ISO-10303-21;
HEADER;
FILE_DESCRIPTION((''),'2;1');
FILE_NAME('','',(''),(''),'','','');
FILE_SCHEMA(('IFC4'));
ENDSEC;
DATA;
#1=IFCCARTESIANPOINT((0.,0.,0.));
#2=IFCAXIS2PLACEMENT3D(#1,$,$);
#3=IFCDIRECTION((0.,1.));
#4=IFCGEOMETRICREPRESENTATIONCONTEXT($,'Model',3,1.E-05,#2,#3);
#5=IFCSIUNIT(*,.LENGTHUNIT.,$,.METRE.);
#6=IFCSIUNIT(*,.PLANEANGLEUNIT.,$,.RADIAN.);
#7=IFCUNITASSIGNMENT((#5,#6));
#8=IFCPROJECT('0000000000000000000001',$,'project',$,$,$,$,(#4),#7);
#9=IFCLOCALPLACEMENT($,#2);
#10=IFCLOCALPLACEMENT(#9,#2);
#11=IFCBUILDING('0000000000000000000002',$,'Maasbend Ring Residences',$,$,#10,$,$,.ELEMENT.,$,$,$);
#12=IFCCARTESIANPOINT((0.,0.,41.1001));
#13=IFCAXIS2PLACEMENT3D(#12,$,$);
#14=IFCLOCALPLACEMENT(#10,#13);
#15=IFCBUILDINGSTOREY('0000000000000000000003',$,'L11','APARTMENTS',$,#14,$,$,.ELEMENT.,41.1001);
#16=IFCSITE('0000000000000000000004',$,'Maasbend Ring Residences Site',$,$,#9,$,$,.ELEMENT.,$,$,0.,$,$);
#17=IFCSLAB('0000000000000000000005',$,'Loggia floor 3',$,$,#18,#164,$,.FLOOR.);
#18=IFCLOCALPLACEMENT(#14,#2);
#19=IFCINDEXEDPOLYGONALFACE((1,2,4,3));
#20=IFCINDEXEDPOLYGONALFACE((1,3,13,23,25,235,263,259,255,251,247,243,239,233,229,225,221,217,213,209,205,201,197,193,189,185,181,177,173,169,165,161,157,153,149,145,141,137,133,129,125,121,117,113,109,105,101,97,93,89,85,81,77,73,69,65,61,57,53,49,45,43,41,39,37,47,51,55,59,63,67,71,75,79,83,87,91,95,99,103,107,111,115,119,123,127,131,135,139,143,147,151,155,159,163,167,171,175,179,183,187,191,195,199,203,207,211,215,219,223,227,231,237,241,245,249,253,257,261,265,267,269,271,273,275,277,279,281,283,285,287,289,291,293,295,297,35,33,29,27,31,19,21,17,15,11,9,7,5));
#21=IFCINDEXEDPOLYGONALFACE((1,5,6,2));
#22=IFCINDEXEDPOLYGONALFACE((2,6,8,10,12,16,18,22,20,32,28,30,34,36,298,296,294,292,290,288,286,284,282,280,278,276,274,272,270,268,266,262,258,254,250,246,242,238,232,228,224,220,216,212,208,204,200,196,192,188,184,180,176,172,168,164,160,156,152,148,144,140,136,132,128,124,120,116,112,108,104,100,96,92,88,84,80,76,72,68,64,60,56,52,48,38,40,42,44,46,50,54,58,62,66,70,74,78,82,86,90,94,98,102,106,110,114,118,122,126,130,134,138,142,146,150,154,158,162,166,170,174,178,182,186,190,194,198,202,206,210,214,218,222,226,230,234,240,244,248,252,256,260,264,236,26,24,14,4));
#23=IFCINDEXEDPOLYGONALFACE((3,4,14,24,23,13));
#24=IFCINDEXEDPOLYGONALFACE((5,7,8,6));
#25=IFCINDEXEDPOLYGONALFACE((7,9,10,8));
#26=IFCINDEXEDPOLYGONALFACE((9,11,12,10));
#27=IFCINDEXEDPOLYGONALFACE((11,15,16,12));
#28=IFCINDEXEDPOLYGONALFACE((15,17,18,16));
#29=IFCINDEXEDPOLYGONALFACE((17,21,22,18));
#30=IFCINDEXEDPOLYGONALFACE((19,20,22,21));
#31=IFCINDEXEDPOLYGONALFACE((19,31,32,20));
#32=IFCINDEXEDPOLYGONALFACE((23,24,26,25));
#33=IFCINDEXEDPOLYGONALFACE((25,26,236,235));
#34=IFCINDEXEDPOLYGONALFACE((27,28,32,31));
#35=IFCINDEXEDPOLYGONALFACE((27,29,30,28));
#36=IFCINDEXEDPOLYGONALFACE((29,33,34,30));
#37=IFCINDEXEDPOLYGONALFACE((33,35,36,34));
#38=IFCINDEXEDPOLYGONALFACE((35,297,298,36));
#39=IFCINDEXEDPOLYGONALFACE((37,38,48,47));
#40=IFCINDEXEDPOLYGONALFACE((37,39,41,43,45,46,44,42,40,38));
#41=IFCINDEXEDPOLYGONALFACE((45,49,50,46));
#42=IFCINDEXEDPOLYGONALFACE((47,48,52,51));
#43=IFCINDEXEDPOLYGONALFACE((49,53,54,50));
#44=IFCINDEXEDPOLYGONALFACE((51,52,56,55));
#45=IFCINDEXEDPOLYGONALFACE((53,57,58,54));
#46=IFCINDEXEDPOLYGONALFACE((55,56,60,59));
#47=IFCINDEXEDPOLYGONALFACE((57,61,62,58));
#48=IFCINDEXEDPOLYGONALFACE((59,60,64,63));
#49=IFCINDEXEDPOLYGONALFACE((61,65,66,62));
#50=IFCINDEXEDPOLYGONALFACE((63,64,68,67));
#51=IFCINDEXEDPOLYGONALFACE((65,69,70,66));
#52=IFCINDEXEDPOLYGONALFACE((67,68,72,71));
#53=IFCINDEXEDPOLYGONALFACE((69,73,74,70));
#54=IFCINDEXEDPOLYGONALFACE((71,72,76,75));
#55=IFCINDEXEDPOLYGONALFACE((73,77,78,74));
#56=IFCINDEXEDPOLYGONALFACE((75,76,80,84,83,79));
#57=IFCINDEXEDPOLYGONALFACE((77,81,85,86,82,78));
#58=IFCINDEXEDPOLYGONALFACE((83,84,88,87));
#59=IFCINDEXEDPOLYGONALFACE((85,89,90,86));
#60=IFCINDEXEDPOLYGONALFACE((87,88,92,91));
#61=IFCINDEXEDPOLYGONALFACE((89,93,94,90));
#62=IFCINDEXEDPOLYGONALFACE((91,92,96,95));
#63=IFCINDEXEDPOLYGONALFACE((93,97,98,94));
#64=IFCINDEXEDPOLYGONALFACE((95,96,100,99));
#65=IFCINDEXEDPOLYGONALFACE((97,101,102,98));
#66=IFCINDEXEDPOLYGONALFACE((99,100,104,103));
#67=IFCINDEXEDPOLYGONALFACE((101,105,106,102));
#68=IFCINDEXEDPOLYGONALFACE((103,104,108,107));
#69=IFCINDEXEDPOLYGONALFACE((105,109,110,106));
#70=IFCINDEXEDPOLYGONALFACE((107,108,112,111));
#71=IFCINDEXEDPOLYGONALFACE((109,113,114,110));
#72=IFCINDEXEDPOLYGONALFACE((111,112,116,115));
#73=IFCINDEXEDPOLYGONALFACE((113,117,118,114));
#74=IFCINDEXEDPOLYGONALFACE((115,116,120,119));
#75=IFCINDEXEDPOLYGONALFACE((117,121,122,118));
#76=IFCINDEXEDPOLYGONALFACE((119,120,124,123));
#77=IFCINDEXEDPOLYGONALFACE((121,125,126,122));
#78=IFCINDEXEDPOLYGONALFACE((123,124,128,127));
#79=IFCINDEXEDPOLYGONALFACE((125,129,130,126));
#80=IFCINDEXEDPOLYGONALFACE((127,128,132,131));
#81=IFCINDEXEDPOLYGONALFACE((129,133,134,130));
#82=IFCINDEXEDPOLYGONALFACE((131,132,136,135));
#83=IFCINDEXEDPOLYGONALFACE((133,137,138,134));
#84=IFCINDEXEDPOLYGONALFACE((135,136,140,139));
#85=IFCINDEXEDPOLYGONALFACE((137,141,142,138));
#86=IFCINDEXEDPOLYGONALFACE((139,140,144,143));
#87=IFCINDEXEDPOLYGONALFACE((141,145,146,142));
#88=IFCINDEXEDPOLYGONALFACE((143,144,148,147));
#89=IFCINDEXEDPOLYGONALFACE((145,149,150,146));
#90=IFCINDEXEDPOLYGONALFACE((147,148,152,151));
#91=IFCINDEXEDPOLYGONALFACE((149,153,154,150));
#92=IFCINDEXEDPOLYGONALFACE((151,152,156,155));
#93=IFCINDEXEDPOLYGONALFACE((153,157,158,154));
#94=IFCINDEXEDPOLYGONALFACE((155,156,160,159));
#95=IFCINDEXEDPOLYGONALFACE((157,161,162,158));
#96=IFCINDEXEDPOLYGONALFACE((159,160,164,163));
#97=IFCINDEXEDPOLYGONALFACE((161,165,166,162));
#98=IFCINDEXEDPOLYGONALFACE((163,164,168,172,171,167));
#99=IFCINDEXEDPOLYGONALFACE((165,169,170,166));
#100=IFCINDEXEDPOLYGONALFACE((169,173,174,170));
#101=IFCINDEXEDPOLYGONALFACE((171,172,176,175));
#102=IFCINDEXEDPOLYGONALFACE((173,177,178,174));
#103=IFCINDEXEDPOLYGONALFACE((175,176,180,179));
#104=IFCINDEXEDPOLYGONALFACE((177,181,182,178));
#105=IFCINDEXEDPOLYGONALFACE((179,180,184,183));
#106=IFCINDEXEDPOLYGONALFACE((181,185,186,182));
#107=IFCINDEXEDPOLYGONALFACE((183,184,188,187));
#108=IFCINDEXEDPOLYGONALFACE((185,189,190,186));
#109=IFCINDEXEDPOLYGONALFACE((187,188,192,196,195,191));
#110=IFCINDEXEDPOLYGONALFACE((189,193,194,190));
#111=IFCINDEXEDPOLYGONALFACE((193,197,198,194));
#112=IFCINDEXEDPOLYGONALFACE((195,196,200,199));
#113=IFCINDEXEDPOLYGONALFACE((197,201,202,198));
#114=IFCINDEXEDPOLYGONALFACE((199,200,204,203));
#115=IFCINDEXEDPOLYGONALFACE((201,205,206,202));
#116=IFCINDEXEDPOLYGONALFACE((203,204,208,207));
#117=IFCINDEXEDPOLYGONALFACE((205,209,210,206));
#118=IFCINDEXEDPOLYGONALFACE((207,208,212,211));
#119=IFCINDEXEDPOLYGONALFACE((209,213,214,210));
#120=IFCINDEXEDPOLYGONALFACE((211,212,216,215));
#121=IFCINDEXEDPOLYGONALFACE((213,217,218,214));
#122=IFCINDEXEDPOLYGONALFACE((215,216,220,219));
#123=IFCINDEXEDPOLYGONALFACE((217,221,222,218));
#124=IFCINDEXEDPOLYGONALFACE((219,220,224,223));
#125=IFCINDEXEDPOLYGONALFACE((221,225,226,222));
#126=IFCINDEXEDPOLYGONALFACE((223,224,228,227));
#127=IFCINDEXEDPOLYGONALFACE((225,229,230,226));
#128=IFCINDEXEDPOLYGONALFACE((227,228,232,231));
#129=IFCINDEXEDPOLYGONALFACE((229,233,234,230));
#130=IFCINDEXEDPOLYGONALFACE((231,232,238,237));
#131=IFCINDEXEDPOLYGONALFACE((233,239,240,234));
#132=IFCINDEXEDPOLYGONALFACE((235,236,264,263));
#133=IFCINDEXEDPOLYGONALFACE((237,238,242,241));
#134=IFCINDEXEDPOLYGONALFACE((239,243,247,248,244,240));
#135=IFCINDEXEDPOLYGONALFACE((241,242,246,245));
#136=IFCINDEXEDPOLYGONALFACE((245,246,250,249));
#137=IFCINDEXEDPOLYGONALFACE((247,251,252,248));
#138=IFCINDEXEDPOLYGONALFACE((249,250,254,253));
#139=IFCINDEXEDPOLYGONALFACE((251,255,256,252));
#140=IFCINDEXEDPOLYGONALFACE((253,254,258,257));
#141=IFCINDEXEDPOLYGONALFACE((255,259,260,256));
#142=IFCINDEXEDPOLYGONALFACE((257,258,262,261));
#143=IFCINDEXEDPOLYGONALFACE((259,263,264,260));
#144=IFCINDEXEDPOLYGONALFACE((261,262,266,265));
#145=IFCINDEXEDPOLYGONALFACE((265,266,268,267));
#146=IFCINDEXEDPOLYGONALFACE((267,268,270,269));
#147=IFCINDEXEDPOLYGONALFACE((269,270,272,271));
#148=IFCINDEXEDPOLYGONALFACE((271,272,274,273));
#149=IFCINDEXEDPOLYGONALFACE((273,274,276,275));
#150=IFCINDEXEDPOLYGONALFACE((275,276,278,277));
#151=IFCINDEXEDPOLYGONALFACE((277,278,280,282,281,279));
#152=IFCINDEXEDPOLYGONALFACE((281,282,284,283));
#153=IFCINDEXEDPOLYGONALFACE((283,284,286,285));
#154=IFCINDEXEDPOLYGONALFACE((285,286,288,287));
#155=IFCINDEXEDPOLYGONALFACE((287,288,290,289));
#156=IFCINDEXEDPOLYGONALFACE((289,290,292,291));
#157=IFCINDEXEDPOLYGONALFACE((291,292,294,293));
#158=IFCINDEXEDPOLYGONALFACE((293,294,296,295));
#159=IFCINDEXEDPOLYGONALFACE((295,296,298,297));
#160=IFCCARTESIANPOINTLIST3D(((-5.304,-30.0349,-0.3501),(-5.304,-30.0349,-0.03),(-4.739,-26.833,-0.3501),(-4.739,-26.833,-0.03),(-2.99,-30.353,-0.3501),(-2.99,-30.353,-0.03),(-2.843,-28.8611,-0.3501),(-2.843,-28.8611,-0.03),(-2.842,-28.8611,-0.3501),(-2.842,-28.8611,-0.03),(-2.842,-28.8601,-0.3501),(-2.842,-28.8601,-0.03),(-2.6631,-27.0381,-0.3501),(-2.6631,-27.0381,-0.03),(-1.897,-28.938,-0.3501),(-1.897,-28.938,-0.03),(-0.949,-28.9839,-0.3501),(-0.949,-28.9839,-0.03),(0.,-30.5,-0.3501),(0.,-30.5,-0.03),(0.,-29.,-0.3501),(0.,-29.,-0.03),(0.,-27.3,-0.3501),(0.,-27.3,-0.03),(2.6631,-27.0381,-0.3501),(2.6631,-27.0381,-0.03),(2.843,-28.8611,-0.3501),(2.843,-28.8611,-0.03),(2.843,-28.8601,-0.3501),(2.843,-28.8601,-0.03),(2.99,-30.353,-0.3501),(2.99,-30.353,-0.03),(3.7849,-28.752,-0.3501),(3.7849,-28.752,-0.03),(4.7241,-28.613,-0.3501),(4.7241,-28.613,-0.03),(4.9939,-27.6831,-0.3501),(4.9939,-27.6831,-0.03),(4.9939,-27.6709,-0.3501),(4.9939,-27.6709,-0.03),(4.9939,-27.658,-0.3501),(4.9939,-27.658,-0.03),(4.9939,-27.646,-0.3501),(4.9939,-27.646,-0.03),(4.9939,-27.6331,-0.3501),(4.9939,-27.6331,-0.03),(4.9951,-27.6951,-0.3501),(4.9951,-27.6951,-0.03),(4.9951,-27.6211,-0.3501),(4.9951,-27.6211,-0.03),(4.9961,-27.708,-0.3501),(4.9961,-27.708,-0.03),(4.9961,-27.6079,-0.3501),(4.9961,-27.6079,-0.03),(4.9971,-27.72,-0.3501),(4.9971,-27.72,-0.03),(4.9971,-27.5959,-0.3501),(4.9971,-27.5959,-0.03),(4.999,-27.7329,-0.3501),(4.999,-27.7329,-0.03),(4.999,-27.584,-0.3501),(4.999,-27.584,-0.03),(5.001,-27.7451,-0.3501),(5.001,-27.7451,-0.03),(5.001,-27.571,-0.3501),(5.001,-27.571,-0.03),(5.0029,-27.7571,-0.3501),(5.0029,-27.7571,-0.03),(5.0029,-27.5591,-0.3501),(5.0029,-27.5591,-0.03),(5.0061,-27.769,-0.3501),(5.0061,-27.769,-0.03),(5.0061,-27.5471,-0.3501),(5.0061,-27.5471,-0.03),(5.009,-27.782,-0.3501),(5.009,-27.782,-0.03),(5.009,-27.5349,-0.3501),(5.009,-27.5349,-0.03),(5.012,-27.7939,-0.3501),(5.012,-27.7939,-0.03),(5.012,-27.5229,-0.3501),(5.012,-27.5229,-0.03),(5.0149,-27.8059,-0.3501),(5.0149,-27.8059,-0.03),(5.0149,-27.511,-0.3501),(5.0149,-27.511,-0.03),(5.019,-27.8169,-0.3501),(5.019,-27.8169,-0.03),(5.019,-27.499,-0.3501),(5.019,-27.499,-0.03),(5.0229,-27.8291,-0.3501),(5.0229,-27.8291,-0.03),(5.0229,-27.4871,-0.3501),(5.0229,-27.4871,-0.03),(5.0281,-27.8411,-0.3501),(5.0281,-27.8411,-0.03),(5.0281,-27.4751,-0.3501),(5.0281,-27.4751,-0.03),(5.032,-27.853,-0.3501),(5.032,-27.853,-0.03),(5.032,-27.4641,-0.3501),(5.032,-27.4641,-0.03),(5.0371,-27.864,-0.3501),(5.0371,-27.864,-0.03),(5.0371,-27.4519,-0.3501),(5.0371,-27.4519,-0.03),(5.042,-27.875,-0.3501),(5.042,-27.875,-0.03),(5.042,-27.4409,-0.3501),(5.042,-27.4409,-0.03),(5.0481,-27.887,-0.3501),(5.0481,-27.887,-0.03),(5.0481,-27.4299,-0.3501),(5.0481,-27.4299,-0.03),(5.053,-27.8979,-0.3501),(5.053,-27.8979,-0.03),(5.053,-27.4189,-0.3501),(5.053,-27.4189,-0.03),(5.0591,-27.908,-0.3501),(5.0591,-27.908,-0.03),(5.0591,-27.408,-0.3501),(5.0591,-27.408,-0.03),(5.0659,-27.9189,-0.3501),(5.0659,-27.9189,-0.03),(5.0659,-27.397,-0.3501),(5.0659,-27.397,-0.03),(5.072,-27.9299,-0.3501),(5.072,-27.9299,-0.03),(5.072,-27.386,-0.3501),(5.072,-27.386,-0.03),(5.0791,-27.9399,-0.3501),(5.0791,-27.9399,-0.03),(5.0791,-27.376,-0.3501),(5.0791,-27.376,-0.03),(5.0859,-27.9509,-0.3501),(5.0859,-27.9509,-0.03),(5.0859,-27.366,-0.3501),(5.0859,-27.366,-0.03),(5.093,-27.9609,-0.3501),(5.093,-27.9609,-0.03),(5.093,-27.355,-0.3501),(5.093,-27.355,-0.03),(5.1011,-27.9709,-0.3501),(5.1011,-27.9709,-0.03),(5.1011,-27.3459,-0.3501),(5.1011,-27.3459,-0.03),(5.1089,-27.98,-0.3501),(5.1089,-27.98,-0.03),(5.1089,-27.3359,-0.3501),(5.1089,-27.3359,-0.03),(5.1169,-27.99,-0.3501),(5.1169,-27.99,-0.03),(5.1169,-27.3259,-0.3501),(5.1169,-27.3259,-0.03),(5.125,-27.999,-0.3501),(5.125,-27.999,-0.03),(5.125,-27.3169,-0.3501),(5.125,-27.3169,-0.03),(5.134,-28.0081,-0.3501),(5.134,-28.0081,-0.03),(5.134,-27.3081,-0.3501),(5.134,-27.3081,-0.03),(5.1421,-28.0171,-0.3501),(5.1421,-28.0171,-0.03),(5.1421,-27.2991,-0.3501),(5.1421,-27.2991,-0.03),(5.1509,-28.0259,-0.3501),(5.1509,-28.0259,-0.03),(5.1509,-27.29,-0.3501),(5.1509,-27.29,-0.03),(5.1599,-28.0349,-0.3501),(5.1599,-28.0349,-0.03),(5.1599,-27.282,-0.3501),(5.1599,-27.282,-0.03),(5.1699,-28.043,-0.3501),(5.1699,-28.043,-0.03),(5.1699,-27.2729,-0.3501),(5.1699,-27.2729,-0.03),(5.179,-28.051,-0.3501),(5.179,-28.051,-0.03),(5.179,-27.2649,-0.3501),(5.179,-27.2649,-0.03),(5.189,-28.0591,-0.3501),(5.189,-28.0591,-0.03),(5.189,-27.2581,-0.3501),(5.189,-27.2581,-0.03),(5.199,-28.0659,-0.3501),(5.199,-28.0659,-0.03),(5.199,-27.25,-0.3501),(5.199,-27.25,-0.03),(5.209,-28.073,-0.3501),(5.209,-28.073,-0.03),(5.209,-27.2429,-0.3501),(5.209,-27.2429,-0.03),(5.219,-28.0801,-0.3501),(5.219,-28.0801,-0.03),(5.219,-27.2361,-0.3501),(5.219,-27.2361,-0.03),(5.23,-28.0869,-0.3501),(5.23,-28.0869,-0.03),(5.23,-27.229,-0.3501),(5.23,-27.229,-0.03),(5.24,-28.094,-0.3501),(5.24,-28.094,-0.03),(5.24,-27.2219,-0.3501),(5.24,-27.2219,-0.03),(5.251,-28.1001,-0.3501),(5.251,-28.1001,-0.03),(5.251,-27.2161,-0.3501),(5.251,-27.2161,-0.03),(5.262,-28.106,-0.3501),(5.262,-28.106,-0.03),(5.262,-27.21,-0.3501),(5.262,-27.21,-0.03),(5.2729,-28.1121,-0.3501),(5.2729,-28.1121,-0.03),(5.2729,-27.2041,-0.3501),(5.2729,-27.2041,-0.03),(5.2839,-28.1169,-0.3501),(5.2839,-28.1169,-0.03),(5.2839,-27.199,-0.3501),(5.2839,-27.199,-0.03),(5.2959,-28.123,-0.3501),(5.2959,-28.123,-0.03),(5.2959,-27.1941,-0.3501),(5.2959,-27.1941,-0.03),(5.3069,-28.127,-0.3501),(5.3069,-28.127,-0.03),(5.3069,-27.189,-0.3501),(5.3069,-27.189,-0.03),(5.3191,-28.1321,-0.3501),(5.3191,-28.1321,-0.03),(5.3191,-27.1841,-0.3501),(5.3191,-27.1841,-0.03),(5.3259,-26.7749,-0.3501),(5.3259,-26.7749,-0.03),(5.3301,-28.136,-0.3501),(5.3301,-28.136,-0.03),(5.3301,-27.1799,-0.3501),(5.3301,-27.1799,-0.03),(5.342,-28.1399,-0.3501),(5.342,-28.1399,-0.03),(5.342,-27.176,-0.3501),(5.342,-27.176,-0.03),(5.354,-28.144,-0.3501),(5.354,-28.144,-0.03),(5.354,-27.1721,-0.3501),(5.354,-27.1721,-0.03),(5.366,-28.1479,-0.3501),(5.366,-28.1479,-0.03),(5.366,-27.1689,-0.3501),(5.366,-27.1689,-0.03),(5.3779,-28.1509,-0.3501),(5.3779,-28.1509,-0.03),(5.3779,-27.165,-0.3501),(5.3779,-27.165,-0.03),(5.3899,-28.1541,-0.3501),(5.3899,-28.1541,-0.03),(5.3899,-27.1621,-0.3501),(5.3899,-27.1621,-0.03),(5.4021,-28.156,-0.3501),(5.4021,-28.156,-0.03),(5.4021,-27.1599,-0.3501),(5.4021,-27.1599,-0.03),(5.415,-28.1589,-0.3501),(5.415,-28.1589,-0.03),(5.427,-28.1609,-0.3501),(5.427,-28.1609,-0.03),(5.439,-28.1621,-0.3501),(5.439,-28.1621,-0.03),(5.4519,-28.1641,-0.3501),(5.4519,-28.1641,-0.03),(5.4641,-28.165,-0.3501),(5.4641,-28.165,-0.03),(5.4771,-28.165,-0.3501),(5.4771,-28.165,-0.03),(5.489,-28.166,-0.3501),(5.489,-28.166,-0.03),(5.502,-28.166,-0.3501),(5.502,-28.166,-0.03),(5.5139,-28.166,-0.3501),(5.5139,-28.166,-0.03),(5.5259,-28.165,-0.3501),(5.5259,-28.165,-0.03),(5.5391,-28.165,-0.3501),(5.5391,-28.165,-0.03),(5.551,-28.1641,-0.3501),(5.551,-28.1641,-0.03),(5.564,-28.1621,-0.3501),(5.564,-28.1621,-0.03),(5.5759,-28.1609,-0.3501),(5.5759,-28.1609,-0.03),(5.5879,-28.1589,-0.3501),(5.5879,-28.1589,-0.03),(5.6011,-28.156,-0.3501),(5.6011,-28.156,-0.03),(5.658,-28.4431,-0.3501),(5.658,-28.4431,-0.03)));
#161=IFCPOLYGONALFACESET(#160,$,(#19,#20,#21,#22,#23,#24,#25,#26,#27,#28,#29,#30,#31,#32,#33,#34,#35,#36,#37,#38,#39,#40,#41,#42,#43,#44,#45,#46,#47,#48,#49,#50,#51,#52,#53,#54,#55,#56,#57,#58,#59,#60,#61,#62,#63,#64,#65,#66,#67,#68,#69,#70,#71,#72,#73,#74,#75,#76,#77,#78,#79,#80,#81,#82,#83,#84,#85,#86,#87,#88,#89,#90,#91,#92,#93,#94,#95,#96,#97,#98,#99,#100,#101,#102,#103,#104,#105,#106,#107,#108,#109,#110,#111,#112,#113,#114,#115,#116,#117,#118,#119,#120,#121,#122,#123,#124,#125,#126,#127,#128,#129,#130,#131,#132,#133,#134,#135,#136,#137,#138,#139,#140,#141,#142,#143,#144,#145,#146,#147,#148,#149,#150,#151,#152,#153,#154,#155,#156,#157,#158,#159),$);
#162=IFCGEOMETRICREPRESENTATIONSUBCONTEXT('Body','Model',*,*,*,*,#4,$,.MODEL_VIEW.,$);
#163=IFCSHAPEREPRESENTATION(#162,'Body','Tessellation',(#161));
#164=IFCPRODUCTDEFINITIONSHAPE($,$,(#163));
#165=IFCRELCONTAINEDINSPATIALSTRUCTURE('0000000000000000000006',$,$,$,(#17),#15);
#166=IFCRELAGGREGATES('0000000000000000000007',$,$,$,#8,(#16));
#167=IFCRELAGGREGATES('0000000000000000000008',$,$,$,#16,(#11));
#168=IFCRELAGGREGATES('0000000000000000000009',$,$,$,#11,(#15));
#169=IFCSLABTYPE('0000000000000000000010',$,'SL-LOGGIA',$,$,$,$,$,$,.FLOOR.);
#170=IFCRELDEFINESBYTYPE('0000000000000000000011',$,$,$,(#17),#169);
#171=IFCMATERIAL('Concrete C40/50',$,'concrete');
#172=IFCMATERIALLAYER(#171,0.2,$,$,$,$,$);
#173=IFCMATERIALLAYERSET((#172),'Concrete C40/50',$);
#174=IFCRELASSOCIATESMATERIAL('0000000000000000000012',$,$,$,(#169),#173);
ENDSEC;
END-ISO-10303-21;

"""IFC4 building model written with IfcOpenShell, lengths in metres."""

from ifc_helpers import new_model, si_unit, direction, frame, origin, place, context, subcontext, project, spatial, polyline, outline, extrude, material, layer, layer_set, type_object, element, save


model = new_model("IFC4")

# Units and contexts
model_context = context("Model", 3, precision=1e-05, world=origin(), true_north=direction((0.0, 1.0)))
body_context = subcontext(model_context, "Body", "Model", "MODEL_VIEW")
ifc_project = project(units=[si_unit("LENGTHUNIT", "METRE"), si_unit("PLANEANGLEUNIT", "RADIAN")], contexts=[model_context])

# Site, building, storey
site_placement = place(None, origin())
site = spatial("IfcSite", under=ifc_project, at=site_placement, Name="Maasbend Ring Residences Site", CompositionType="ELEMENT", RefElevation=0.0)
building_placement = place(site_placement, origin())
building = spatial("IfcBuilding", under=site, at=building_placement, Name="Maasbend Ring Residences", CompositionType="ELEMENT")
storey_placement = place(building_placement, frame((0.0, 0.0, 41.1001)))
storey = spatial("IfcBuildingStorey", under=building, at=storey_placement, Name="L11", Description="APARTMENTS", CompositionType="ELEMENT", Elevation=41.1001)

# Slab
ifc_material_1 = material(Name="Concrete C40/50", Category="concrete")
ifc_layer_1 = layer(ifc_material_1, 0.2)
ifc_layer_set_1 = layer_set([ifc_layer_1], Name="Concrete C40/50")
slab_type = type_object("IfcSlabType", Name="SL-LOGGIA", PredefinedType="FLOOR", material=ifc_layer_set_1)
slab_1_placement = place(storey_placement, frame((0.0, 0.0, -0.3501)))
element("IfcSlab", 1, at=slab_1_placement, inside=storey, type_object=slab_type, Name="Loggia floor 3", PredefinedType="FLOOR", context=body_context, shape_type="SweptSolid", body=[
    extrude(outline(polyline([(-2.6631, -27.0381), (0.0, -27.3), (0.0, -27.3), (0.0, -27.3), (2.6631, -27.0381), (5.3259, -26.7749), (5.3259, -26.7749), (5.3259, -26.7749), (5.4021, -27.1599), (5.4021, -27.1599), (5.3899, -27.1621), (5.3779, -27.165), (5.366, -27.1689), (5.354, -27.1721), (5.342, -27.176), (5.3301, -27.1799), (5.3191, -27.1841), (5.3069, -27.189), (5.2959, -27.1941), (5.2839, -27.199), (5.2729, -27.2041), (5.262, -27.21), (5.251, -27.2161), (5.24, -27.2219), (5.23, -27.229), (5.219, -27.2361), (5.209, -27.2429), (5.199, -27.25), (5.189, -27.2581), (5.179, -27.2649), (5.1699, -27.2729), (5.1599, -27.282), (5.1509, -27.29), (5.1421, -27.2991), (5.134, -27.3081), (5.125, -27.3169), (5.1169, -27.3259), (5.1089, -27.3359), (5.1011, -27.3459), (5.093, -27.355), (5.0859, -27.366), (5.0791, -27.376), (5.072, -27.386), (5.0659, -27.397), (5.0591, -27.408), (5.053, -27.4189), (5.0481, -27.4299), (5.042, -27.4409), (5.0371, -27.4519), (5.032, -27.4641), (5.0281, -27.4751), (5.0229, -27.4871), (5.019, -27.499), (5.0149, -27.511), (5.012, -27.5229), (5.009, -27.5349), (5.0061, -27.5471), (5.0029, -27.5591), (5.001, -27.571), (4.999, -27.584), (4.9971, -27.5959), (4.9961, -27.6079), (4.9951, -27.6211), (4.9939, -27.6331), (4.9939, -27.646), (4.9939, -27.658), (4.9939, -27.6709), (4.9939, -27.6831), (4.9951, -27.6951), (4.9961, -27.708), (4.9971, -27.72), (4.999, -27.7329), (5.001, -27.7451), (5.0029, -27.7571), (5.0061, -27.769), (5.009, -27.782), (5.012, -27.7939), (5.0149, -27.8059), (5.019, -27.8169), (5.0229, -27.8291), (5.0281, -27.8411), (5.032, -27.853), (5.0371, -27.864), (5.042, -27.875), (5.0481, -27.887), (5.053, -27.8979), (5.0591, -27.908), (5.0659, -27.9189), (5.072, -27.9299), (5.0791, -27.9399), (5.0859, -27.9509), (5.093, -27.9609), (5.1011, -27.9709), (5.1089, -27.98), (5.1169, -27.99), (5.125, -27.999), (5.134, -28.0081), (5.1421, -28.0171), (5.1509, -28.0259), (5.1599, -28.0349), (5.1699, -28.043), (5.179, -28.051), (5.189, -28.0591), (5.199, -28.0659), (5.209, -28.073), (5.219, -28.0801), (5.23, -28.0869), (5.24, -28.094), (5.251, -28.1001), (5.262, -28.106), (5.2729, -28.1121), (5.2839, -28.1169), (5.2959, -28.123), (5.3069, -28.127), (5.3191, -28.1321), (5.3301, -28.136), (5.342, -28.1399), (5.354, -28.144), (5.366, -28.1479), (5.3779, -28.1509), (5.3899, -28.1541), (5.4021, -28.156), (5.415, -28.1589), (5.427, -28.1609), (5.439, -28.1621), (5.4519, -28.1641), (5.4641, -28.165), (5.4771, -28.165), (5.489, -28.166), (5.502, -28.166), (5.5139, -28.166), (5.5259, -28.165), (5.5391, -28.165), (5.551, -28.1641), (5.564, -28.1621), (5.5759, -28.1609), (5.5879, -28.1589), (5.6011, -28.156), (5.6011, -28.156), (5.658, -28.4431), (5.658, -28.4431), (5.658, -28.4431), (4.7241, -28.613), (4.7241, -28.613), (3.7849, -28.752), (3.7849, -28.752), (2.843, -28.8601), (2.843, -28.8601), (2.843, -28.8601), (2.843, -28.8601), (2.843, -28.8601), (2.843, -28.8601), (2.843, -28.8601), (2.843, -28.8601), (2.843, -28.8601), (2.843, -28.8611), (2.843, -28.8611), (2.843, -28.8611), (2.843, -28.8611), (2.843, -28.8611), (2.843, -28.8611), (2.843, -28.8611), (2.843, -28.8611), (2.99, -30.353), (2.99, -30.353), (2.99, -30.353), (0.0, -30.5), (0.0, -30.5), (0.0, -30.5), (0.0, -29.0), (0.0, -29.0), (0.0, -29.0), (0.0, -29.0), (0.0, -29.0), (0.0, -29.0), (0.0, -29.0), (0.0, -29.0), (0.0, -29.0), (0.0, -29.0), (0.0, -29.0), (0.0, -29.0), (0.0, -29.0), (0.0, -29.0), (0.0, -29.0), (0.0, -29.0), (0.0, -29.0), (-0.949, -28.9839), (-0.949, -28.9839), (-1.897, -28.938), (-1.897, -28.938), (-2.842, -28.8601), (-2.842, -28.8601), (-2.842, -28.8601), (-2.842, -28.8601), (-2.842, -28.8601), (-2.842, -28.8601), (-2.842, -28.8601), (-2.842, -28.8601), (-2.842, -28.8611), (-2.842, -28.8611), (-2.842, -28.8611), (-2.842, -28.8611), (-2.842, -28.8611), (-2.843, -28.8611), (-2.843, -28.8611), (-2.843, -28.8611), (-2.843, -28.8611), (-2.99, -30.353), (-2.99, -30.353), (-2.99, -30.353), (-5.304, -30.0349), (-5.304, -30.0349), (-5.304, -30.0349), (-4.739, -26.833), (-4.739, -26.833), (-4.739, -26.833), (-2.6631, -27.0381)])), origin(), (0.0, 0.0, 1.0), 0.3201),
])

save(model, "model.ifc")
